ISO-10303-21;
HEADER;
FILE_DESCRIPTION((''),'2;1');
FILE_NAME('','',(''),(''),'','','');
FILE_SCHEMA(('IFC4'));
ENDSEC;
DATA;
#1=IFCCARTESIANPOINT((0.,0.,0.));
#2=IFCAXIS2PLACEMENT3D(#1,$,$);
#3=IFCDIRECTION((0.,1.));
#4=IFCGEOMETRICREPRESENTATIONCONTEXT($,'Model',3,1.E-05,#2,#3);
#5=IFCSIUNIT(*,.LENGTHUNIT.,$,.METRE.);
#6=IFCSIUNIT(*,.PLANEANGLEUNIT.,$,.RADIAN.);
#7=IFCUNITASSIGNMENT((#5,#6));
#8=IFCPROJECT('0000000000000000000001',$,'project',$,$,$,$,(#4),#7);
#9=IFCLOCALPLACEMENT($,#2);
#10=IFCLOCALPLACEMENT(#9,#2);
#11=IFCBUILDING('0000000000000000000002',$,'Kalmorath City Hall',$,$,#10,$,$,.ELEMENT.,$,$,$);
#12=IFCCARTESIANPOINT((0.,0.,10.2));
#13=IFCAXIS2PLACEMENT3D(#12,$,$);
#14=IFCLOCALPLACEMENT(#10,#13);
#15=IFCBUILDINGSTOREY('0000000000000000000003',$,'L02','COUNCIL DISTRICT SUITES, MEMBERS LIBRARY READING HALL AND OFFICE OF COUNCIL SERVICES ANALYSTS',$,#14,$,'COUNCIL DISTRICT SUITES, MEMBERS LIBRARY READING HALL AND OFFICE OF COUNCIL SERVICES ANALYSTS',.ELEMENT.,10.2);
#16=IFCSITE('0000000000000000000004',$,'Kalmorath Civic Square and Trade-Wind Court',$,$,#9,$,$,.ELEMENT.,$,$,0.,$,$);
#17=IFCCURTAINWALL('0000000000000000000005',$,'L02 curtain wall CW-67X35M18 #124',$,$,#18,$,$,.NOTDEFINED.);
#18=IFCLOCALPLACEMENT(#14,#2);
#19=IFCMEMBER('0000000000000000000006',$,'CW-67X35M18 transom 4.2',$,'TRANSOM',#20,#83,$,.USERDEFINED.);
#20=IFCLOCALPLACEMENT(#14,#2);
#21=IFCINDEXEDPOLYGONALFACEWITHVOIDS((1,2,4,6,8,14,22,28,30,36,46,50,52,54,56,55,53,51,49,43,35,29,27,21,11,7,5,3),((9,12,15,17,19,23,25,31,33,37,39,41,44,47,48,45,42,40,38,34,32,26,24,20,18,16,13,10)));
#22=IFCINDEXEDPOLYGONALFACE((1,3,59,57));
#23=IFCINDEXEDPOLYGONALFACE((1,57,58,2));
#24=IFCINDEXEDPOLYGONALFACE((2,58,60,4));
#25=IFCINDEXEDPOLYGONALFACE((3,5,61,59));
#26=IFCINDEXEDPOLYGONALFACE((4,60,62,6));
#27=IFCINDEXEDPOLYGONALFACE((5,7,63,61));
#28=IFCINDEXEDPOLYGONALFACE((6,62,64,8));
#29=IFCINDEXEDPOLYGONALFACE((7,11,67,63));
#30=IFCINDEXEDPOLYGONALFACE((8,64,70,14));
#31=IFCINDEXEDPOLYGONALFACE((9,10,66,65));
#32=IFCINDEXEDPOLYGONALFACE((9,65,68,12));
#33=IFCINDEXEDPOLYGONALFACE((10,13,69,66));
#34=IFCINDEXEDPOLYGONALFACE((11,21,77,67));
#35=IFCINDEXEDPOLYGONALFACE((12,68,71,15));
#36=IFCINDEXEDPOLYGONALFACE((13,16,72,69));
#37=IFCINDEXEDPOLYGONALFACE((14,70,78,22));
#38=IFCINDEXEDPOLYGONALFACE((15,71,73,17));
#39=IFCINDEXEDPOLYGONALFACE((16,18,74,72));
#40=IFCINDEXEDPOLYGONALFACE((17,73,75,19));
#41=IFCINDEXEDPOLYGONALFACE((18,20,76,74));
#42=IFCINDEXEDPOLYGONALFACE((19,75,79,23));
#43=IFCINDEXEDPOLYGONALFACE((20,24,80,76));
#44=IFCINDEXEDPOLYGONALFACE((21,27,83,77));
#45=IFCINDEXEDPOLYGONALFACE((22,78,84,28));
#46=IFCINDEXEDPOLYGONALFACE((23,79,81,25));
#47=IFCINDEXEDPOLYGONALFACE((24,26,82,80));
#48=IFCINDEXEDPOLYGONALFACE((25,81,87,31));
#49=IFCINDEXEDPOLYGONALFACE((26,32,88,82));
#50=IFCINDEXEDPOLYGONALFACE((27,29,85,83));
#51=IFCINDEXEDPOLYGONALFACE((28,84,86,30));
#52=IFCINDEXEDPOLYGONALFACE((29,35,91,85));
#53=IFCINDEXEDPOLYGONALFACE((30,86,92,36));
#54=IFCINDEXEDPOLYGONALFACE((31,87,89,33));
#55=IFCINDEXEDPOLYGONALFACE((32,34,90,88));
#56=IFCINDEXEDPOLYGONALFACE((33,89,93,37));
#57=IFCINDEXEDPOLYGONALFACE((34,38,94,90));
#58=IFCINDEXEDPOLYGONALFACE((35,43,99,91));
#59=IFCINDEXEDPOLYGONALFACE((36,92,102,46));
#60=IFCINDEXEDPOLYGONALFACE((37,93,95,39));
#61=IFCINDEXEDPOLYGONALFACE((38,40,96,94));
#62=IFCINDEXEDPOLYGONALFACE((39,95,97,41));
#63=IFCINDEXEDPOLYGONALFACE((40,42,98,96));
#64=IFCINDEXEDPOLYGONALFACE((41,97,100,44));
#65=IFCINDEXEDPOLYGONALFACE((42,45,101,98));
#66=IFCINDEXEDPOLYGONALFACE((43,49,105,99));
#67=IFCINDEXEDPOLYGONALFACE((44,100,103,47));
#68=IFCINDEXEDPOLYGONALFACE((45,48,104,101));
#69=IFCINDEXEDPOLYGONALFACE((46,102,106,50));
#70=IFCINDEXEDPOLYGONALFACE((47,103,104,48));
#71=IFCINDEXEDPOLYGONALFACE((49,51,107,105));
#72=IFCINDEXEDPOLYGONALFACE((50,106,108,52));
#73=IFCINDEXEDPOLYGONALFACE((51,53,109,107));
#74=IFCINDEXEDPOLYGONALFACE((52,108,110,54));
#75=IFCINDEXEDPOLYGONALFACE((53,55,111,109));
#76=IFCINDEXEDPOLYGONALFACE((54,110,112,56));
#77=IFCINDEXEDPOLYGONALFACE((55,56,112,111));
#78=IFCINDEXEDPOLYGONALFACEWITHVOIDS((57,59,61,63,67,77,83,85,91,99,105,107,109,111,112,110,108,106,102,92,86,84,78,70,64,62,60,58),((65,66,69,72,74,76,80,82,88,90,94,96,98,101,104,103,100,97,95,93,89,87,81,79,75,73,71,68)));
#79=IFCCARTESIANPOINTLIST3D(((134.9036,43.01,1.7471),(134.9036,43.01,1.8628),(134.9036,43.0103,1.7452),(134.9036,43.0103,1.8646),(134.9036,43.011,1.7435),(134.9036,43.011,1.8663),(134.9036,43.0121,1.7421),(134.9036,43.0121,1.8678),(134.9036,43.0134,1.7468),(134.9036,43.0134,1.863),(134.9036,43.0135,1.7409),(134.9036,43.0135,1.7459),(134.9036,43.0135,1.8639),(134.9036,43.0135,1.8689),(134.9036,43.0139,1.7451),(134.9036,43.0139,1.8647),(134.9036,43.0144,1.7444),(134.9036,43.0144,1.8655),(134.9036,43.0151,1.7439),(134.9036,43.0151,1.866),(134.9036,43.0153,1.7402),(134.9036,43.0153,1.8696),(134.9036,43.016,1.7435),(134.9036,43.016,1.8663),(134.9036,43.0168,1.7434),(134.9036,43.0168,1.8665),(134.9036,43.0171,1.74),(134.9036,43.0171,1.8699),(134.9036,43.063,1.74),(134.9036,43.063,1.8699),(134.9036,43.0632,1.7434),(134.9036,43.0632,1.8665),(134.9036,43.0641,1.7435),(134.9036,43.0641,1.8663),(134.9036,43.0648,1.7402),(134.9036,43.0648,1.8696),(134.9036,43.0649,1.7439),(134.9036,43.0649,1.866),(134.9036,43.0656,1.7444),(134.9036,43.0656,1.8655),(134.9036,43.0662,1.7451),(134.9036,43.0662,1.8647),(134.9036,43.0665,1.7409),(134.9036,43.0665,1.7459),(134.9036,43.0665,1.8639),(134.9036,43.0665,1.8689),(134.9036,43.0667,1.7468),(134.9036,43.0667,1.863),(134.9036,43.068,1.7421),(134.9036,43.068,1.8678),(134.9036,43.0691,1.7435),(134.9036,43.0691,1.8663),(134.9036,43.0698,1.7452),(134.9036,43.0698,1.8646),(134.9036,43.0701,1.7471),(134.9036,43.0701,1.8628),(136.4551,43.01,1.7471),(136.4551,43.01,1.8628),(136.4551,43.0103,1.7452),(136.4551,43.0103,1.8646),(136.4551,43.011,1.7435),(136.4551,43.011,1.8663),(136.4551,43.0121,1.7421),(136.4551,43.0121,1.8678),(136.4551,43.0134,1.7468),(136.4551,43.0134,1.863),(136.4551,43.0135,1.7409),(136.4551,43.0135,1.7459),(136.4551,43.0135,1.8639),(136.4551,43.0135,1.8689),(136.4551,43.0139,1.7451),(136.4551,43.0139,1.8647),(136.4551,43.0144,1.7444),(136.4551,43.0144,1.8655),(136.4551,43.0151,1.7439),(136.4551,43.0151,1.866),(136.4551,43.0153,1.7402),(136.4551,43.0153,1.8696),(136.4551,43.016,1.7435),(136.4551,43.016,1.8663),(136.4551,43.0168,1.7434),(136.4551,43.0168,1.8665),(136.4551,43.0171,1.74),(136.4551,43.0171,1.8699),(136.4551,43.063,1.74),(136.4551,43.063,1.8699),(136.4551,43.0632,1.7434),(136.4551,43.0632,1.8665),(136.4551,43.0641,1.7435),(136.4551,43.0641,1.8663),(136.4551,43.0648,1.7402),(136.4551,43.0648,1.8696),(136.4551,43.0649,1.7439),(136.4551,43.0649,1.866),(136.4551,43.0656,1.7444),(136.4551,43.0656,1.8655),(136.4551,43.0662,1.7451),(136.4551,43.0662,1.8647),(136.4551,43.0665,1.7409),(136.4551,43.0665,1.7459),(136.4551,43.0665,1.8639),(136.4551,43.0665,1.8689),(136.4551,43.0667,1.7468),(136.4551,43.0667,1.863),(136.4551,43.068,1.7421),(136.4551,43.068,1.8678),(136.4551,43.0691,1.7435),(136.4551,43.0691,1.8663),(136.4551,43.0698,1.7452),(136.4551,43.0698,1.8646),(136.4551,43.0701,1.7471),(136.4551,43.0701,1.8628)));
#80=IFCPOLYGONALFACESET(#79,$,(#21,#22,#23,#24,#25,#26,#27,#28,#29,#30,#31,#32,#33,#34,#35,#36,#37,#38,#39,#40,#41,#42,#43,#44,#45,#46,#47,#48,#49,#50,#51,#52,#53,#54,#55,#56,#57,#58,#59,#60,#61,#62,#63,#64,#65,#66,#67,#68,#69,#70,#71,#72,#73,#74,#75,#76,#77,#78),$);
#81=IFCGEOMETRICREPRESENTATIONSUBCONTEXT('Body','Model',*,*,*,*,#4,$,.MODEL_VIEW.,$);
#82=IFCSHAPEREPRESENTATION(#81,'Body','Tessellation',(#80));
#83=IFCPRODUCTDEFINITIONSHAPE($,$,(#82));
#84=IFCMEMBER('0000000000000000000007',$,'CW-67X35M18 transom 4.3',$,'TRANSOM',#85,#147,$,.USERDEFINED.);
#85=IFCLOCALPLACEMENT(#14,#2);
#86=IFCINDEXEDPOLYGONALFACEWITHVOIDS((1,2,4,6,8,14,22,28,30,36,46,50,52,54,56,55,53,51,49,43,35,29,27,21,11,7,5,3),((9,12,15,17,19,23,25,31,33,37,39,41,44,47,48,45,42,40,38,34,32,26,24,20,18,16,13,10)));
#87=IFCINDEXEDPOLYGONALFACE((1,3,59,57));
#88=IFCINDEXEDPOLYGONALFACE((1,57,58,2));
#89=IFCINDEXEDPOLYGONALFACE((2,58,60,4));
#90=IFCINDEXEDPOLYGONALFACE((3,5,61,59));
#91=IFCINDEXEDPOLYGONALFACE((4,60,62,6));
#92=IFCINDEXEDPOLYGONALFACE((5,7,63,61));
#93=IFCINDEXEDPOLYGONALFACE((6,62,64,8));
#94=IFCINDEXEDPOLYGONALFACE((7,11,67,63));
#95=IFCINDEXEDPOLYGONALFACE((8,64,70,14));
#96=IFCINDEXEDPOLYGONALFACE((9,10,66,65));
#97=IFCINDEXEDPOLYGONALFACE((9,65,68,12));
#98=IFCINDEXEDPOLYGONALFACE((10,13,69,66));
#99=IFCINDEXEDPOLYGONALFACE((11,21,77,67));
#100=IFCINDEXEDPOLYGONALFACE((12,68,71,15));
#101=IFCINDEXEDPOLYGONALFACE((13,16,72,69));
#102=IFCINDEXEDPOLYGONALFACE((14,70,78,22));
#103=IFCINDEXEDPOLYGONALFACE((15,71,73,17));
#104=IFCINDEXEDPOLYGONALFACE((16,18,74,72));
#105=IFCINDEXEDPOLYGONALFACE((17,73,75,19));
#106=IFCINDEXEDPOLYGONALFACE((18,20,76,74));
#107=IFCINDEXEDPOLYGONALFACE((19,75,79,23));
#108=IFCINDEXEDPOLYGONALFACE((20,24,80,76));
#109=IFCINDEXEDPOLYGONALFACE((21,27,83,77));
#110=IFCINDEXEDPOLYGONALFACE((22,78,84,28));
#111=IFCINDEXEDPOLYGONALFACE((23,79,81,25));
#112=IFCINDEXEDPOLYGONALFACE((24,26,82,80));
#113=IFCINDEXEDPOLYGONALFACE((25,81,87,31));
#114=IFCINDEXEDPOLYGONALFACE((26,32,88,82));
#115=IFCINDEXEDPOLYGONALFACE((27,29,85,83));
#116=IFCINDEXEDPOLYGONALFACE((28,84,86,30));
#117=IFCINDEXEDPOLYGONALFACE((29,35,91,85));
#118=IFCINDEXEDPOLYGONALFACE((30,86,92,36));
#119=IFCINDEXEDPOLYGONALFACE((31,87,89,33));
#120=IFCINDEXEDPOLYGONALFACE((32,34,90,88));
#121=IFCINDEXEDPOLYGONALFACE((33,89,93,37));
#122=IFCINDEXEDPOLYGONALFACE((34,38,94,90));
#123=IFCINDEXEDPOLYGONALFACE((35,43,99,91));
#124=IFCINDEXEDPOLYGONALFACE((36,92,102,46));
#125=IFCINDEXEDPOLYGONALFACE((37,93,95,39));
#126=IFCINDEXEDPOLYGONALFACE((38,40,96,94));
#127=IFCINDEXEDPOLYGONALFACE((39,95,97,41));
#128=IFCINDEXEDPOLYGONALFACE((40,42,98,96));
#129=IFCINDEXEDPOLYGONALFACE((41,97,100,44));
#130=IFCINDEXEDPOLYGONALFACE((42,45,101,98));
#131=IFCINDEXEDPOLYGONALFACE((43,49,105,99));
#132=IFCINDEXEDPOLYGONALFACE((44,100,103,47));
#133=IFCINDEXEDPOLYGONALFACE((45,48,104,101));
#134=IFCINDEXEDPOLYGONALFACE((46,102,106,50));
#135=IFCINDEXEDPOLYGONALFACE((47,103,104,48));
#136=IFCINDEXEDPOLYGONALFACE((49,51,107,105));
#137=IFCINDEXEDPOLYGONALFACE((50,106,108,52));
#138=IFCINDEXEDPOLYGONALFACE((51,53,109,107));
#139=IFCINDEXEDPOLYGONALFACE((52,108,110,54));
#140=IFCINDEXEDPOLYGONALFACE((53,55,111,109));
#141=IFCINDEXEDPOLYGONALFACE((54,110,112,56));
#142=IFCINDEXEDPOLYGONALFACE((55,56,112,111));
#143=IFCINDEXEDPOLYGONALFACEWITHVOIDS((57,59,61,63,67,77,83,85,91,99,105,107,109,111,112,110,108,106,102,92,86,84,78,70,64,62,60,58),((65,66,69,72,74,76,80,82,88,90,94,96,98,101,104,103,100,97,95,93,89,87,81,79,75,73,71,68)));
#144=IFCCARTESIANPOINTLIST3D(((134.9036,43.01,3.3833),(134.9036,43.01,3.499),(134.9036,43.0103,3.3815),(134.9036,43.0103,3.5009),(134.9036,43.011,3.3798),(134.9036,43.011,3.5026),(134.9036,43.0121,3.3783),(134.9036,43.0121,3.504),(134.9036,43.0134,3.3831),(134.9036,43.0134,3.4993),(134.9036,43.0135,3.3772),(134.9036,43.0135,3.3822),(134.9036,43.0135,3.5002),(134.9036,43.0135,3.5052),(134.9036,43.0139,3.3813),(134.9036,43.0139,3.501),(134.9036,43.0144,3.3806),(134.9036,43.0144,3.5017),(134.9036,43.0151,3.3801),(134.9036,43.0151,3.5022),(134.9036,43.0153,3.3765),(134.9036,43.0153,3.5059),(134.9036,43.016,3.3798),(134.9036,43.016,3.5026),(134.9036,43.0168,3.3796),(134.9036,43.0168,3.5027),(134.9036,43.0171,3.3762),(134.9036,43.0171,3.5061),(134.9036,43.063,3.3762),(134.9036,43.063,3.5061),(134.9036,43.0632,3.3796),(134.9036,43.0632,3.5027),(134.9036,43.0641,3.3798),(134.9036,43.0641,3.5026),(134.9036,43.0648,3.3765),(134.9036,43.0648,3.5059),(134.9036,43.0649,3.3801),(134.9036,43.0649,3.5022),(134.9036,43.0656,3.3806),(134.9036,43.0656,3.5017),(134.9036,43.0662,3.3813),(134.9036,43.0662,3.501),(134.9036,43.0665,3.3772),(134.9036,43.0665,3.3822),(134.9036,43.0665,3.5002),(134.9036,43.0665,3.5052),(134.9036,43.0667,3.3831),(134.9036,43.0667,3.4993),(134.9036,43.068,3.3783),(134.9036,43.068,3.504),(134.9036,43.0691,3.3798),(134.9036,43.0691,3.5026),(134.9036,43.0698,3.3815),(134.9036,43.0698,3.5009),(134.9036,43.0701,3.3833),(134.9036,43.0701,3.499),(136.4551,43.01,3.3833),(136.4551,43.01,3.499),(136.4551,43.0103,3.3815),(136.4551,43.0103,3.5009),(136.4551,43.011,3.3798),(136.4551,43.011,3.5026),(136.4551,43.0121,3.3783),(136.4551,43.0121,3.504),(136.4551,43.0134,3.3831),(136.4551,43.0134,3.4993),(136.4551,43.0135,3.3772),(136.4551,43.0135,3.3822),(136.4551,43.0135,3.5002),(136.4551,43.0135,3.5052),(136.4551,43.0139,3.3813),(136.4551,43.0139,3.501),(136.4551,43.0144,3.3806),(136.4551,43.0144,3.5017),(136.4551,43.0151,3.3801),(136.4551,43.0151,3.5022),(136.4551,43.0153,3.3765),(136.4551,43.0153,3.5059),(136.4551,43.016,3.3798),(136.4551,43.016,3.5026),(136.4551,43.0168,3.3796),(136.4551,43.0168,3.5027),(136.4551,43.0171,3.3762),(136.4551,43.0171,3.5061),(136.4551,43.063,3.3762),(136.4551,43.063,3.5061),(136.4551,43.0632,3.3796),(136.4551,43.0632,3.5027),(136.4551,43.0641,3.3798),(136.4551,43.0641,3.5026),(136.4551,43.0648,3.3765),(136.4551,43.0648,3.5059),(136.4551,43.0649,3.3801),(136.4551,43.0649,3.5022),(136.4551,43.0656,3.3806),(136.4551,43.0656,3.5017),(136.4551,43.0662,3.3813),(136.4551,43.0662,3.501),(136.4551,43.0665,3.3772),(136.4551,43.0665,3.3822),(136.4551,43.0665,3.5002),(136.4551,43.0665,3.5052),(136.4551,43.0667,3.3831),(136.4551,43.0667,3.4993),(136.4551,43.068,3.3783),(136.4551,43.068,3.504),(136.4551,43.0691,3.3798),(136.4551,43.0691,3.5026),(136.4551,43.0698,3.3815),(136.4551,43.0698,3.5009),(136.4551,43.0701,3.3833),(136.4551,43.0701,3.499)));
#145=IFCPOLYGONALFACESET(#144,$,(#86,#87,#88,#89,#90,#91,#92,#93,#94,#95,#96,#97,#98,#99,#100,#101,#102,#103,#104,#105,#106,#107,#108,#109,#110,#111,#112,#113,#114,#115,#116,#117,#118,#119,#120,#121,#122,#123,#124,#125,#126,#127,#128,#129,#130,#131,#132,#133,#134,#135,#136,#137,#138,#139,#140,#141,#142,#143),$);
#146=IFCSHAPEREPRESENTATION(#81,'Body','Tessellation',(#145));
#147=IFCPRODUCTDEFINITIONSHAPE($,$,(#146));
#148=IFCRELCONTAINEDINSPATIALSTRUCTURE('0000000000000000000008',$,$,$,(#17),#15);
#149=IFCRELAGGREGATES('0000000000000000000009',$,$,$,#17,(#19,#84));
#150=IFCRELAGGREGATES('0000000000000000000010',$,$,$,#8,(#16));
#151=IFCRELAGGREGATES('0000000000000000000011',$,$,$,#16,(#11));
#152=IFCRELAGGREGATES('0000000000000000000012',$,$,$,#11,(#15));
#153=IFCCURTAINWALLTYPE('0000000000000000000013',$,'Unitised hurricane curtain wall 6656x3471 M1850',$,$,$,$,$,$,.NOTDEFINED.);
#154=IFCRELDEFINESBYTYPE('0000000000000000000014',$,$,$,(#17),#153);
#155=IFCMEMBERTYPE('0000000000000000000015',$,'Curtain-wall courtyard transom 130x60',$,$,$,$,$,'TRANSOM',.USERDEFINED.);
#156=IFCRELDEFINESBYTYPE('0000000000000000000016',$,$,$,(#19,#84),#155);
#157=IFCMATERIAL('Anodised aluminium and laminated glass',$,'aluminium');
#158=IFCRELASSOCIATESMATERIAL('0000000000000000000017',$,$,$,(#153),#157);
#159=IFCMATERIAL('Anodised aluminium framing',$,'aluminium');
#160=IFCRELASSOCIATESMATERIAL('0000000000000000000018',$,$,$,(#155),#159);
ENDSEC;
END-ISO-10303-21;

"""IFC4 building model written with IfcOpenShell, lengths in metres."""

from ifc_helpers import new_model, si_unit, direction, frame, origin, origin_2d, place, context, subcontext, project, spatial, hollow_rectangle, extrude, material, material_profile, profile_set, type_object, element, aggregate, save


model = new_model("IFC4")

# Units and contexts
model_context = context("Model", 3, precision=1e-05, world=origin(), true_north=direction((0.0, 1.0)))
body_context = subcontext(model_context, "Body", "Model", "MODEL_VIEW")
ifc_project = project(units=[si_unit("LENGTHUNIT", "METRE"), si_unit("PLANEANGLEUNIT", "RADIAN")], contexts=[model_context])

# Site, building, storey
site_placement = place(None, origin())
site = spatial("IfcSite", under=ifc_project, at=site_placement, Name="Kalmorath Civic Square and Trade-Wind Court", CompositionType="ELEMENT", RefElevation=0.0)
building_placement = place(site_placement, origin())
building = spatial("IfcBuilding", under=site, at=building_placement, Name="Kalmorath City Hall", CompositionType="ELEMENT")
storey_placement = place(building_placement, frame((0.0, 0.0, 10.2)))
storey = spatial("IfcBuildingStorey", under=building, at=storey_placement, Name="L02", Description="COUNCIL DISTRICT SUITES, MEMBERS LIBRARY READING HALL AND OFFICE OF COUNCIL SERVICES ANALYSTS", LongName="COUNCIL DISTRICT SUITES, MEMBERS LIBRARY READING HALL AND OFFICE OF COUNCIL SERVICES ANALYSTS", CompositionType="ELEMENT", Elevation=10.2)

# Curtain wall, members
ifc_material_1 = material(Name="Anodised aluminium and laminated glass", Category="aluminium")
curtain_wall_type_1 = type_object("IfcCurtainWallType", Name="Unitised hurricane curtain wall 6656x3471 M1850", PredefinedType="NOTDEFINED", material=ifc_material_1)
curtain_wall_1_placement = place(storey_placement, origin())
curtain_wall_1 = element("IfcCurtainWall", 1, at=curtain_wall_1_placement, inside=storey, type_object=curtain_wall_type_1, Name="L02 curtain wall CW-67X35M18 #124", PredefinedType="NOTDEFINED")
ifc_material_2 = material(Name="Anodised aluminium framing", Category="aluminium")
ifc_material_profile_1 = material_profile(ifc_material_2, hollow_rectangle(XDim=0.0601, YDim=0.1299, WallThickness=0.0034, InnerFilletRadius=0.0034, OuterFilletRadius=0.0071, at=origin_2d()), Name="ALU-TRN-130X60X3.5")
ifc_profile_set_1 = profile_set([ifc_material_profile_1], Name="Anodised aluminium framing")
member_type_1 = type_object("IfcMemberType", Name="Curtain-wall courtyard transom 130x60", ElementType="TRANSOM", PredefinedType="USERDEFINED", material=ifc_profile_set_1)
member_1_placement = place(storey_placement, frame((134.9036, 43.04, 1.8049), z_axis=(1.0, 0.0, 0.0), x_axis=(0.0, 1.0, 0.0)))
member_1 = element("IfcMember", 2, at=member_1_placement, type_object=member_type_1, Name="CW-67X35M18 transom 4.2", ObjectType="TRANSOM", PredefinedType="USERDEFINED", context=body_context, shape_type="SweptSolid", body=[
    extrude(hollow_rectangle(XDim=0.0601, YDim=0.1299, WallThickness=0.0034, InnerFilletRadius=0.0034, OuterFilletRadius=0.0071, at=origin_2d()), origin(), (0.0, 0.0, 1.0), 1.5515),
])
member_2_placement = place(storey_placement, frame((134.9036, 43.04, 3.4412), z_axis=(1.0, 0.0, 0.0), x_axis=(0.0, 1.0, 0.0)))
member_2 = element("IfcMember", 3, at=member_2_placement, type_object=member_type_1, Name="CW-67X35M18 transom 4.3", ObjectType="TRANSOM", PredefinedType="USERDEFINED", context=body_context, shape_type="SweptSolid", body=[
    extrude(hollow_rectangle(XDim=0.0601, YDim=0.1299, WallThickness=0.0034, InnerFilletRadius=0.0034, OuterFilletRadius=0.0071, at=origin_2d()), origin(), (0.0, 0.0, 1.0), 1.5515),
])

aggregate(curtain_wall_1, [member_1, member_2])

save(model, "model.ifc")
